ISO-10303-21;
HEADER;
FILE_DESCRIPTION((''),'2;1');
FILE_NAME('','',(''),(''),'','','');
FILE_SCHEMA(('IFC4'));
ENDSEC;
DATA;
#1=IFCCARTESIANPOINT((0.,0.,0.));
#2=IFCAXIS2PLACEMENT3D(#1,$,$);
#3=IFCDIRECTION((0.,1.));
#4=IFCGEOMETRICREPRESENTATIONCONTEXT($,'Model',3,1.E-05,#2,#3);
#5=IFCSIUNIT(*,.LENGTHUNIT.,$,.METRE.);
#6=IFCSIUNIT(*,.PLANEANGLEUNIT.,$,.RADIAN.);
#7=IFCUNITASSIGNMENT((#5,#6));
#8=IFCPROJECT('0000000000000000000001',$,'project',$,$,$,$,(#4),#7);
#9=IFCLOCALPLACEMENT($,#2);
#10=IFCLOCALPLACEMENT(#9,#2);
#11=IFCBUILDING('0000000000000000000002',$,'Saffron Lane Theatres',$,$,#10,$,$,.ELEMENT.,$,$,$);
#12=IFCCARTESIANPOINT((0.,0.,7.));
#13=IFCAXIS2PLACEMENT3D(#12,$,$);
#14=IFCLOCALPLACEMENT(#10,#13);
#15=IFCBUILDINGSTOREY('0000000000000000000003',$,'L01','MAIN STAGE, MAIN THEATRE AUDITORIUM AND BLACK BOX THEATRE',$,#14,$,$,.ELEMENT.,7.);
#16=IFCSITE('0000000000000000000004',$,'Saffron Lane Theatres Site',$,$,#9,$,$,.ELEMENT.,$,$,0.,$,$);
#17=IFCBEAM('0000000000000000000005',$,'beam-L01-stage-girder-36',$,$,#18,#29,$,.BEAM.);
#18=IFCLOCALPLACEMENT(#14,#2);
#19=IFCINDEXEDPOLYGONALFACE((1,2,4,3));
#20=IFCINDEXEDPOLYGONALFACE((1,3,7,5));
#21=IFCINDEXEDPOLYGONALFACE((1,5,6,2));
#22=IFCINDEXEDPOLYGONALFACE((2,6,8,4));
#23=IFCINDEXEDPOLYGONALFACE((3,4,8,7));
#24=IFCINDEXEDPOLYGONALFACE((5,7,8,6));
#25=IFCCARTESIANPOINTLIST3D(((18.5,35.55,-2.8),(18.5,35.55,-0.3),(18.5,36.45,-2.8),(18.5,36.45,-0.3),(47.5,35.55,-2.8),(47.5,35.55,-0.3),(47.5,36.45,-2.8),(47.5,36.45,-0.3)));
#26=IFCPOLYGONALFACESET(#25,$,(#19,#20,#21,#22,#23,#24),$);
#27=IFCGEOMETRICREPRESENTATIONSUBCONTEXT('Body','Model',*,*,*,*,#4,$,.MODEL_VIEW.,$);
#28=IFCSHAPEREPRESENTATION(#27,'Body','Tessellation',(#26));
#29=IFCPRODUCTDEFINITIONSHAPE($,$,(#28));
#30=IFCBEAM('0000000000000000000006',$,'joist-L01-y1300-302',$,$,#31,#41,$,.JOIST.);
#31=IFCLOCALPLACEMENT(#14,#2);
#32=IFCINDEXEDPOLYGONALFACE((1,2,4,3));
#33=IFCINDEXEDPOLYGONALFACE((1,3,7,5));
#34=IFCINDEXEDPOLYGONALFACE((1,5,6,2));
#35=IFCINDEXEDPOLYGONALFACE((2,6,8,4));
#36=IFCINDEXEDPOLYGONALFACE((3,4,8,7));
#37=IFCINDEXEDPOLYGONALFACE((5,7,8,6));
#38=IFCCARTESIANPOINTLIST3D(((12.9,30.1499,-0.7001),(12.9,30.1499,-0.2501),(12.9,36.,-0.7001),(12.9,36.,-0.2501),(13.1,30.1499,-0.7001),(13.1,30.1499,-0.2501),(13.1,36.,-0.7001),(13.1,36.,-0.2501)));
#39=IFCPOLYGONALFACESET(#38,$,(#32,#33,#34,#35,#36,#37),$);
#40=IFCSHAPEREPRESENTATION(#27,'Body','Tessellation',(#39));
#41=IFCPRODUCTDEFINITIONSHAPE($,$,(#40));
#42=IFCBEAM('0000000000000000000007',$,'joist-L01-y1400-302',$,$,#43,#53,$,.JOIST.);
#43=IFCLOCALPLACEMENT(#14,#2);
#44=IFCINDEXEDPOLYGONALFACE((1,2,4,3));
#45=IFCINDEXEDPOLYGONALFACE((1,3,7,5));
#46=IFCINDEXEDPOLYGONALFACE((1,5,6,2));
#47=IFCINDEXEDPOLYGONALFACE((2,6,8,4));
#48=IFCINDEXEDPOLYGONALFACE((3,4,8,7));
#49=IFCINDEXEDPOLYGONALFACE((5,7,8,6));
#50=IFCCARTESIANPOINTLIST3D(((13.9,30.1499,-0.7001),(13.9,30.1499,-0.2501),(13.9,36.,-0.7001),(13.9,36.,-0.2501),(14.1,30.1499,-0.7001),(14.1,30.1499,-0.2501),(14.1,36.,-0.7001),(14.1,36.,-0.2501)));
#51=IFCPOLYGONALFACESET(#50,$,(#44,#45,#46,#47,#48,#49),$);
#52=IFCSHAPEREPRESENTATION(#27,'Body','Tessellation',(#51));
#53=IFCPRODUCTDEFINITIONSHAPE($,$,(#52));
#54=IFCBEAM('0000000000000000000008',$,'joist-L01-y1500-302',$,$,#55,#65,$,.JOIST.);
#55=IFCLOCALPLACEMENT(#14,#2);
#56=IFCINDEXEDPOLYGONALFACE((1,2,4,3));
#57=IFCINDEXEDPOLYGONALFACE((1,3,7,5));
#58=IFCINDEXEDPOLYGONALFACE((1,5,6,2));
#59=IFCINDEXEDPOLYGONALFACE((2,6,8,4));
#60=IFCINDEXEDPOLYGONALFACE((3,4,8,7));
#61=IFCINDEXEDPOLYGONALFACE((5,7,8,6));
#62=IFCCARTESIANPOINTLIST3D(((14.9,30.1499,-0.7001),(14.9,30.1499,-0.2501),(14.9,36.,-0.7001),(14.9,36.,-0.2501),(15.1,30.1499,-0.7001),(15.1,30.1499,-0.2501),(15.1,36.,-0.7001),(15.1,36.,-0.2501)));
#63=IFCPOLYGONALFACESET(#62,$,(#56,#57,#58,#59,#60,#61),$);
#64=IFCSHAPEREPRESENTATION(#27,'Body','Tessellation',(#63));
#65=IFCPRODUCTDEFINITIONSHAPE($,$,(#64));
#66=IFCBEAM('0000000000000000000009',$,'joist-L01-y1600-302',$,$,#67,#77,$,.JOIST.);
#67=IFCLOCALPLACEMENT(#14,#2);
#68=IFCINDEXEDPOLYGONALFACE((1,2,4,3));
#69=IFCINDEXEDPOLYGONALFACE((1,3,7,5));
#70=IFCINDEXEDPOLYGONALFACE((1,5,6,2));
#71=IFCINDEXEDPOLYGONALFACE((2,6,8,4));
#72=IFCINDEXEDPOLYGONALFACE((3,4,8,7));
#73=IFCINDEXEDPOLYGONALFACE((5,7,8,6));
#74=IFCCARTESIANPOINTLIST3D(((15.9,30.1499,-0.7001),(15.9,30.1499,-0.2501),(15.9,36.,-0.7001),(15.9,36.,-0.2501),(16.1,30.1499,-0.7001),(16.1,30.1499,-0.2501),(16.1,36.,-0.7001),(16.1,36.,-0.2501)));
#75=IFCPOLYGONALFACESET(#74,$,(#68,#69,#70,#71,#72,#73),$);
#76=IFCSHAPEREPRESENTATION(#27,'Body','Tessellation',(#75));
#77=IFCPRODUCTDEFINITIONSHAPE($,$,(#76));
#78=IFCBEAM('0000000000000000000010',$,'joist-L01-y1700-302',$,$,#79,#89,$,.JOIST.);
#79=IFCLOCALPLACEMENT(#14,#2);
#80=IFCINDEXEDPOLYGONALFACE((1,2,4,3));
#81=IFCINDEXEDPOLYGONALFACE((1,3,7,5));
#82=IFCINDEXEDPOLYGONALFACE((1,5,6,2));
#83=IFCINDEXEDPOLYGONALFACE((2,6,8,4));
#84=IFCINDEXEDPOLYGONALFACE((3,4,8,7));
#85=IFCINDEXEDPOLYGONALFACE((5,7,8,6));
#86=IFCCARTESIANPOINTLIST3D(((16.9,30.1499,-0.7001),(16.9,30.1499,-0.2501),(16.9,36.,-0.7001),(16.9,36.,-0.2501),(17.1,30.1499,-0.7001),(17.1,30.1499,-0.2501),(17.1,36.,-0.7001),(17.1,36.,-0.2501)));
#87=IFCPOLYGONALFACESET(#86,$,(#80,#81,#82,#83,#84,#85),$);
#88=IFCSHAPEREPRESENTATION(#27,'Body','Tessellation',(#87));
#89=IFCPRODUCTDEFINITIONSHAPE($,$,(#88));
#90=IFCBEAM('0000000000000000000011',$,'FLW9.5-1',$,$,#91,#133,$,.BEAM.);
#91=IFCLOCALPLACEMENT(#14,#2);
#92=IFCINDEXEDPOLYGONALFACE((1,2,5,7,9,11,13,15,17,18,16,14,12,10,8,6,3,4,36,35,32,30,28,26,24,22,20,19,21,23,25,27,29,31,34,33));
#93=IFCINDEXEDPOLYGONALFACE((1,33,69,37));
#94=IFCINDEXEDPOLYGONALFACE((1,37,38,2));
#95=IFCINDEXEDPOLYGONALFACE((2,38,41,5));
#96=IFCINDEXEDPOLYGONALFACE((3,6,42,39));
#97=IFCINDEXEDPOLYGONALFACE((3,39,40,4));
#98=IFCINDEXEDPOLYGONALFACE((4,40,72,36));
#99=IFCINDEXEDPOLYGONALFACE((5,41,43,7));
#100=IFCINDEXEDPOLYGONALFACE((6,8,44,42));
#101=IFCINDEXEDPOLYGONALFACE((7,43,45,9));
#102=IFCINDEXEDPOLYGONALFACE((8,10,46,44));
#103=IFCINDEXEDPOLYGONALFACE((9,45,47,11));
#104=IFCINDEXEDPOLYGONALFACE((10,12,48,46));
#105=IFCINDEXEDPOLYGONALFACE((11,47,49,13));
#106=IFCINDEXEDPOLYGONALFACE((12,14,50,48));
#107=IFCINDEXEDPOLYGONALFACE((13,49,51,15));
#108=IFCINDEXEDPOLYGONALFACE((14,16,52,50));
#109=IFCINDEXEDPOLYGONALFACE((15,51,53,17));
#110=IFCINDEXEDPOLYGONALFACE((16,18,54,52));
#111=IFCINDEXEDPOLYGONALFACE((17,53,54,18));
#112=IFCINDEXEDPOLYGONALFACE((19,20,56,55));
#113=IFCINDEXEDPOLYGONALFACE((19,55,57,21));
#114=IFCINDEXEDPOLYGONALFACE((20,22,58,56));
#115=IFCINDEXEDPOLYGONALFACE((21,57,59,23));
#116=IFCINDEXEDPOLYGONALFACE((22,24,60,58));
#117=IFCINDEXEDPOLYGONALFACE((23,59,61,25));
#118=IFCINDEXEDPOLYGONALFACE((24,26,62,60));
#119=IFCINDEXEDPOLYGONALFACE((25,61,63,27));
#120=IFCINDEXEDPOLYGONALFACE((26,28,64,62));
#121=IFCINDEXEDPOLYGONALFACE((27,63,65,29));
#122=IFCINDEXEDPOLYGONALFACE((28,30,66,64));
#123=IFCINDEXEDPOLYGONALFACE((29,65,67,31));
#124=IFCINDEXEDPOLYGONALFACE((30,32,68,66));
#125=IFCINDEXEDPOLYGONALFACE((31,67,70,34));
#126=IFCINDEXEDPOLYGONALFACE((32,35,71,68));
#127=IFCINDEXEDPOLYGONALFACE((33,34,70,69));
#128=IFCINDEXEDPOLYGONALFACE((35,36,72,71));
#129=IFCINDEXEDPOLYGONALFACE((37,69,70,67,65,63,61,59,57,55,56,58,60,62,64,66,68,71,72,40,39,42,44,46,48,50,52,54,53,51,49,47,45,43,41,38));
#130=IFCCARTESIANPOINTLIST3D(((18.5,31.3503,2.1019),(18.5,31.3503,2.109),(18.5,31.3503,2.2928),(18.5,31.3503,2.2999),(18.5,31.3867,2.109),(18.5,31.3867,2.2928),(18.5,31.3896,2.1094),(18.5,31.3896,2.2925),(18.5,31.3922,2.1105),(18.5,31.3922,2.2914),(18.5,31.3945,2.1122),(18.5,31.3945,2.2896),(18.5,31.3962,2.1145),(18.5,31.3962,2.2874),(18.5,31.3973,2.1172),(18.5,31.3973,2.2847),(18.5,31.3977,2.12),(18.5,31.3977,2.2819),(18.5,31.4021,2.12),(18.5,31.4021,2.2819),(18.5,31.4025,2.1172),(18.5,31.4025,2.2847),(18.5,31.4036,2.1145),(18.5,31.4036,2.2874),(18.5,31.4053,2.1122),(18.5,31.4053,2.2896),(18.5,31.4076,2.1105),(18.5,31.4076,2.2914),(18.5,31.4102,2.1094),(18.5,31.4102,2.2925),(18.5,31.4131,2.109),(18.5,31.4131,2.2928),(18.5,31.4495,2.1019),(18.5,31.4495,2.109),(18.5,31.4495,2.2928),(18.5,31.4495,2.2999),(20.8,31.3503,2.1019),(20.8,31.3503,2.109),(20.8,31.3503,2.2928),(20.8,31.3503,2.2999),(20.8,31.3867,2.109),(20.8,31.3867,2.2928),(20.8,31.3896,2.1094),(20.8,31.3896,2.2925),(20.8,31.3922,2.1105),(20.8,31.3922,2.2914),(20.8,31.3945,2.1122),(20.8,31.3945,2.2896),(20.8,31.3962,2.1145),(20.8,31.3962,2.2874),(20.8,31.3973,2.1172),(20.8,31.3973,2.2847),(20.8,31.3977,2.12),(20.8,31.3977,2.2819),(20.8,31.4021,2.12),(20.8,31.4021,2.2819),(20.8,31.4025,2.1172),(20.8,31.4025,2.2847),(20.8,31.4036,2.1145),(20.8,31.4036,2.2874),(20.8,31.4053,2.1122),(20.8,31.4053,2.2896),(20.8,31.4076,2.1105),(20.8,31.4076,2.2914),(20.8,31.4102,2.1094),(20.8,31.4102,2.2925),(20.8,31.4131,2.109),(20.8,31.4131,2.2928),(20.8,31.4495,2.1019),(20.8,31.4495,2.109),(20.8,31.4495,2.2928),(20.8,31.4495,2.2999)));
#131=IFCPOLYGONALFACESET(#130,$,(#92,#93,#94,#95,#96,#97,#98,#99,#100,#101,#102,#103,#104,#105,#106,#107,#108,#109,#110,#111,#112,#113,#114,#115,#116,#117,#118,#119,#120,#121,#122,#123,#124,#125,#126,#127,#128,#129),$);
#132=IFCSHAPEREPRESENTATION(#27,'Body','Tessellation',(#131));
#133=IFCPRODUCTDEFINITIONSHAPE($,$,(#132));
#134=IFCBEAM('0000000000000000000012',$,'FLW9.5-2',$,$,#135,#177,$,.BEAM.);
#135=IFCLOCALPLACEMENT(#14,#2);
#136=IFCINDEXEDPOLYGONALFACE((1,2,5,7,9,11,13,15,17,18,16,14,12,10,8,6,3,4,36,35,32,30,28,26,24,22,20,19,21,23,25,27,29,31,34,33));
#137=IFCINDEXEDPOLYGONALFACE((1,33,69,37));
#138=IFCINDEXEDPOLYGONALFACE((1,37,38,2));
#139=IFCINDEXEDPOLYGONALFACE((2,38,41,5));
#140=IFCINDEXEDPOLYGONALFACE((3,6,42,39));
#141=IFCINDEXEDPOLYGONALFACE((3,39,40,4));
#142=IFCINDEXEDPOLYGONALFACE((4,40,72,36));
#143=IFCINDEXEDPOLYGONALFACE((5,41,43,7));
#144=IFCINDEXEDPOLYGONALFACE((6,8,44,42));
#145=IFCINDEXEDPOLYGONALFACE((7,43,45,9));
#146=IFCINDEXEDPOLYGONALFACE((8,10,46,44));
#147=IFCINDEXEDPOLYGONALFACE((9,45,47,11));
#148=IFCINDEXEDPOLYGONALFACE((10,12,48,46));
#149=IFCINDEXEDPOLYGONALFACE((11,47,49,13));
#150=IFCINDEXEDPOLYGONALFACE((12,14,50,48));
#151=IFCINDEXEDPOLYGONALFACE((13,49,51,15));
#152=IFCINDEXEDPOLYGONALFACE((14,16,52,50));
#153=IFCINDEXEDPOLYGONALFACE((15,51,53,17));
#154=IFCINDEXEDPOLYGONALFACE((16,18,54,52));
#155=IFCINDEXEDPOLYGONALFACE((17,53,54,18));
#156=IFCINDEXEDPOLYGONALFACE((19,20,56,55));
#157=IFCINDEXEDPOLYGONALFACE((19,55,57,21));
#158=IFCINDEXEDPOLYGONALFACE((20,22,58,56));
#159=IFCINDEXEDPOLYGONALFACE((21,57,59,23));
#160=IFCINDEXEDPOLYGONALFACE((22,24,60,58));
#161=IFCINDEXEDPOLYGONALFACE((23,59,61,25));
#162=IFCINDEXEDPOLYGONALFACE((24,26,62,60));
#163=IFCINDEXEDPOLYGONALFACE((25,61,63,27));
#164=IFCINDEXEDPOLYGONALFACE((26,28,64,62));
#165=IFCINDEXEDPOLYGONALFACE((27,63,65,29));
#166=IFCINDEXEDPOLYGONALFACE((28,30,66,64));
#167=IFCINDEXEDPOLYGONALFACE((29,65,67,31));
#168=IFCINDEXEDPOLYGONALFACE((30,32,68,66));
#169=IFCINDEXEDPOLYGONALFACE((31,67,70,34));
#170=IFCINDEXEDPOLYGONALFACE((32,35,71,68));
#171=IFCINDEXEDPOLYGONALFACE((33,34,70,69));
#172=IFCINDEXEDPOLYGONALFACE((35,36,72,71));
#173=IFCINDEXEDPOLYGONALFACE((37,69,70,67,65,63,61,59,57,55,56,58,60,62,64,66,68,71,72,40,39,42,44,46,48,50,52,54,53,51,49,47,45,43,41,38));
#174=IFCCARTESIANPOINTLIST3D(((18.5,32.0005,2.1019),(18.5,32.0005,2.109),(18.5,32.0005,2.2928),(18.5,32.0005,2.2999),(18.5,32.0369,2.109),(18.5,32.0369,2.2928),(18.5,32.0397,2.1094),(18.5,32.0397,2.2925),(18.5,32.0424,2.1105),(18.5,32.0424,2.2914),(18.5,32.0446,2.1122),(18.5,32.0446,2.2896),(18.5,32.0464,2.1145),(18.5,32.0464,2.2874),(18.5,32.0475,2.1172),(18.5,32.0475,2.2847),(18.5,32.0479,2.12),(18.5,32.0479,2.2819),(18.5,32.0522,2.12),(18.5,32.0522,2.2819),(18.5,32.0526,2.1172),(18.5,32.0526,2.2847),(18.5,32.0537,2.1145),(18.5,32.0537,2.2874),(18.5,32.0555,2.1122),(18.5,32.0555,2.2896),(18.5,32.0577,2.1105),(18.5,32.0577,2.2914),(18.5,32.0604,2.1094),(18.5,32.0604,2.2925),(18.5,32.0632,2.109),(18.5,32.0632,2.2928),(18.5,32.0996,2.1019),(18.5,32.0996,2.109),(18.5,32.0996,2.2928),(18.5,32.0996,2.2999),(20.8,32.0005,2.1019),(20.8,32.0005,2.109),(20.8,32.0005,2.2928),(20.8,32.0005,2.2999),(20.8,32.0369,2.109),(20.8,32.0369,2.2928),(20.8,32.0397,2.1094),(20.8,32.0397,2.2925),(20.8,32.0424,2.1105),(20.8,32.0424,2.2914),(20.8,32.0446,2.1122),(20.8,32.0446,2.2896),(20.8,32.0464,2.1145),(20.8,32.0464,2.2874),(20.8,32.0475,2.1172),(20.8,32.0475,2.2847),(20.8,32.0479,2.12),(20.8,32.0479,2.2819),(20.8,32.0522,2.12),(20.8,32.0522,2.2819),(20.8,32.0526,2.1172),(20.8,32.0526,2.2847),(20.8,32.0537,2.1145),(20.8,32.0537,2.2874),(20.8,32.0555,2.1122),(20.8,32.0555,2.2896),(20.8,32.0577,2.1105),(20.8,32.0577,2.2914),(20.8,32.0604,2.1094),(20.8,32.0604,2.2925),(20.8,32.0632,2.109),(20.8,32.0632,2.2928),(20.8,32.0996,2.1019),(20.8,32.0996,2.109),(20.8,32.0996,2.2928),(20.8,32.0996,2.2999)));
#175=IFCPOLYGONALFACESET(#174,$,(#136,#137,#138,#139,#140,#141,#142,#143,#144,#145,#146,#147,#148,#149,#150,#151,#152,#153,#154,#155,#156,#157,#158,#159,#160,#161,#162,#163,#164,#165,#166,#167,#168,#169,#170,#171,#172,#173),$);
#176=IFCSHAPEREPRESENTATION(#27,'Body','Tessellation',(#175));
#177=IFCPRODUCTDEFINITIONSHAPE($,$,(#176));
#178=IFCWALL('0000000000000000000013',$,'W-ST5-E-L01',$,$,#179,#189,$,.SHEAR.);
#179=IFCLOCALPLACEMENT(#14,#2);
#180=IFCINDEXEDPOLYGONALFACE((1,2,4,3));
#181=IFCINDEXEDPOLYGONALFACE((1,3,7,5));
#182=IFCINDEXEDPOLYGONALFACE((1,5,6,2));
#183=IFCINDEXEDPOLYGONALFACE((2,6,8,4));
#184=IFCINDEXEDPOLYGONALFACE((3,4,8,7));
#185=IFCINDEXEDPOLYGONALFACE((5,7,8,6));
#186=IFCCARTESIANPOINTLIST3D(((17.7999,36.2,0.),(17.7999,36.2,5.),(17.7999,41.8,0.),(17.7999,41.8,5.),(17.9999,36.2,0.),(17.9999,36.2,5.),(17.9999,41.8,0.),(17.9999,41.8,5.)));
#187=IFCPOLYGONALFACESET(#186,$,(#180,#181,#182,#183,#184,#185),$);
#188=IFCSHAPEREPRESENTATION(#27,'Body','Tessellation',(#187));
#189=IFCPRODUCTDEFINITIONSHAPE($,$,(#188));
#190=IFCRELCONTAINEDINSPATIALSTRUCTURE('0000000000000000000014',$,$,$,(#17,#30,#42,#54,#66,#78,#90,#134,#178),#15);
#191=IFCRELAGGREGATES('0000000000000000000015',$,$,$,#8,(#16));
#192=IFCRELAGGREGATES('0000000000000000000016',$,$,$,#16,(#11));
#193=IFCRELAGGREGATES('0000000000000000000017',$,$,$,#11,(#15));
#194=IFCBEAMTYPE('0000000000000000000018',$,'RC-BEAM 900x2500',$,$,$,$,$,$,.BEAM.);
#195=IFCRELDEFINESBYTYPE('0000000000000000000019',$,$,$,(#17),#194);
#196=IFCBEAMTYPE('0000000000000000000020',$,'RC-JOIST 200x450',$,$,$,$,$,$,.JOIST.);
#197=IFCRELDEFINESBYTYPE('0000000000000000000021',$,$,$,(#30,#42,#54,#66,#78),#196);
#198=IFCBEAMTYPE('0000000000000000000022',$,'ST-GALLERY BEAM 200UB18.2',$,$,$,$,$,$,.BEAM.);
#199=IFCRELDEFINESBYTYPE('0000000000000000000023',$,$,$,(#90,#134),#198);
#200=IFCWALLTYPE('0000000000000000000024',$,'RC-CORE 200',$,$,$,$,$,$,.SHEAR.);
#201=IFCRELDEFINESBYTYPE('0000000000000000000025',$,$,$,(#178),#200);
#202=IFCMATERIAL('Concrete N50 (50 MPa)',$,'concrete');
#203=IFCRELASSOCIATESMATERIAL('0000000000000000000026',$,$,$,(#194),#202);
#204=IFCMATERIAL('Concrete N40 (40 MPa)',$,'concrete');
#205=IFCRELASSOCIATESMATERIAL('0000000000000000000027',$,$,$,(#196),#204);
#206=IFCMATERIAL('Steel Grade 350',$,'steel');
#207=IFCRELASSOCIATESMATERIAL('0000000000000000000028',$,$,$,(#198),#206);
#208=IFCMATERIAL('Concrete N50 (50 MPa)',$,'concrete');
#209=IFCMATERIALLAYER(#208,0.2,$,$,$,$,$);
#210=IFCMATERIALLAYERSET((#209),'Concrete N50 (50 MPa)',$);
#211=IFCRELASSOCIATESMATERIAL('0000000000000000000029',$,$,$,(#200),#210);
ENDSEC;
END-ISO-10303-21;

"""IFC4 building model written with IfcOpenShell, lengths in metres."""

from ifc_helpers import new_model, si_unit, direction, frame, frame_2d, origin, origin_2d, place, context, subcontext, project, spatial, rectangle, i_section, extrude, material, layer, layer_set, material_profile, profile_set, type_object, element, save


model = new_model("IFC4")

# Units and contexts
model_context = context("Model", 3, precision=1e-05, world=origin(), true_north=direction((0.0, 1.0)))
body_context = subcontext(model_context, "Body", "Model", "MODEL_VIEW")
ifc_project = project(units=[si_unit("LENGTHUNIT", "METRE"), si_unit("PLANEANGLEUNIT", "RADIAN")], contexts=[model_context])

# Site, building, storey
site_placement = place(None, origin())
site = spatial("IfcSite", under=ifc_project, at=site_placement, Name="Saffron Lane Theatres Site", CompositionType="ELEMENT", RefElevation=0.0)
building_placement = place(site_placement, origin())
building = spatial("IfcBuilding", under=site, at=building_placement, Name="Saffron Lane Theatres", CompositionType="ELEMENT")
storey_placement = place(building_placement, frame((0.0, 0.0, 7.0)))
storey = spatial("IfcBuildingStorey", under=building, at=storey_placement, Name="L01", Description="MAIN STAGE, MAIN THEATRE AUDITORIUM AND BLACK BOX THEATRE", CompositionType="ELEMENT", Elevation=7.0)

# Beams
ifc_material_1 = material(Name="Concrete N50 (50 MPa)", Category="concrete")
ifc_material_profile_1 = material_profile(ifc_material_1, rectangle(XDim=0.8999, YDim=2.5, at=origin_2d()))
ifc_profile_set_1 = profile_set([ifc_material_profile_1], Name="Concrete N50 (50 MPa)")
beam_type_1 = type_object("IfcBeamType", Name="RC-BEAM 900x2500", PredefinedType="BEAM", material=ifc_profile_set_1)
beam_placement = place(storey_placement, frame((18.5, 36.0, -1.55), z_axis=(1.0, 0.0, 0.0), x_axis=(0.0, 1.0, 0.0)))
element("IfcBeam", 1, at=beam_placement, inside=storey, type_object=beam_type_1, Name="beam-L01-stage-girder-36", PredefinedType="BEAM", context=body_context, shape_type="SweptSolid", body=[
    extrude(rectangle(XDim=0.8999, YDim=2.5, at=origin_2d()), origin(), (0.0, 0.0, 1.0), 29.0),
])
ifc_material_2 = material(Name="Concrete N40 (40 MPa)", Category="concrete")
ifc_material_profile_2 = material_profile(ifc_material_2, rectangle(XDim=0.2, YDim=0.45, at=origin_2d()))
ifc_profile_set_2 = profile_set([ifc_material_profile_2], Name="Concrete N40 (40 MPa)")
beam_type_2 = type_object("IfcBeamType", Name="RC-JOIST 200x450", PredefinedType="JOIST", material=ifc_profile_set_2)
for number, where, z_axis, x_axis, name in (
    (2, (13.0, 30.1499, -0.4751), (0.0, 1.0, 0.0), (-1.0, 0.0, 0.0), "joist-L01-y1300-302"),
    (3, (14.0, 30.1499, -0.4751), (0.0, 1.0, 0.0), (-1.0, 0.0, 0.0), "joist-L01-y1400-302"),
    (4, (15.0, 30.1499, -0.4751), (0.0, 1.0, 0.0), (-1.0, 0.0, 0.0), "joist-L01-y1500-302"),
    (5, (16.0, 30.1499, -0.4751), (0.0, 1.0, 0.0), (-1.0, 0.0, 0.0), "joist-L01-y1600-302"),
    (6, (17.0, 30.1499, -0.4751), (0.0, 1.0, 0.0), (-1.0, 0.0, 0.0), "joist-L01-y1700-302"),
):
    element("IfcBeam", number, at=place(storey_placement, frame(where, z_axis=z_axis, x_axis=x_axis)), inside=storey, type_object=beam_type_2, Name=name, PredefinedType="JOIST", context=body_context, shape_type="SweptSolid", body=[
        extrude(rectangle(XDim=0.2, YDim=0.45, at=origin_2d()), origin(), (0.0, 0.0, 1.0), 5.8501),
    ])
ifc_material_3 = material(Name="Steel Grade 350", Category="steel")
ifc_material_profile_3 = material_profile(ifc_material_3, i_section(OverallWidth=0.0991, OverallDepth=0.198, WebThickness=0.0044, FlangeThickness=0.0071, FilletRadius=0.011, at=origin_2d()))
ifc_profile_set_3 = profile_set([ifc_material_profile_3], Name="Steel Grade 350")
beam_type_3 = type_object("IfcBeamType", Name="ST-GALLERY BEAM 200UB18.2", PredefinedType="BEAM", material=ifc_profile_set_3)
for number, where, z_axis, x_axis, name in (
    (7, (18.5, 31.3999, 2.2009), (1.0, 0.0, 0.0), (0.0, 1.0, 0.0), "FLW9.5-1"),
    (8, (18.5, 32.05, 2.2009), (1.0, 0.0, 0.0), (0.0, 1.0, 0.0), "FLW9.5-2"),
):
    element("IfcBeam", number, at=place(storey_placement, frame(where, z_axis=z_axis, x_axis=x_axis)), inside=storey, type_object=beam_type_3, Name=name, PredefinedType="BEAM", context=body_context, shape_type="SweptSolid", body=[
        extrude(i_section(OverallWidth=0.0991, OverallDepth=0.198, WebThickness=0.0044, FlangeThickness=0.0071, FilletRadius=0.011, at=origin_2d()), origin(), (0.0, 0.0, 1.0), 2.3),
    ])

# Wall
ifc_material_4 = material(Name="Concrete N50 (50 MPa)", Category="concrete")
ifc_layer_1 = layer(ifc_material_4, 0.2)
ifc_layer_set_1 = layer_set([ifc_layer_1], Name="Concrete N50 (50 MPa)")
wall_type_1 = type_object("IfcWallType", Name="RC-CORE 200", PredefinedType="SHEAR", material=ifc_layer_set_1)
wall_1_placement = place(storey_placement, frame((17.8999, 36.2, 0.0), z_axis=(0.0, 0.0, 1.0), x_axis=(0.0, 1.0, 0.0)))
element("IfcWall", 9, at=wall_1_placement, inside=storey, type_object=wall_type_1, Name="W-ST5-E-L01", PredefinedType="SHEAR", context=body_context, shape_type="SweptSolid", body=[
    extrude(rectangle(XDim=5.6001, YDim=0.2, at=frame_2d((2.8, 0.0))), origin(), (0.0, 0.0, 1.0), 5.0),
])

save(model, "model.ifc")
